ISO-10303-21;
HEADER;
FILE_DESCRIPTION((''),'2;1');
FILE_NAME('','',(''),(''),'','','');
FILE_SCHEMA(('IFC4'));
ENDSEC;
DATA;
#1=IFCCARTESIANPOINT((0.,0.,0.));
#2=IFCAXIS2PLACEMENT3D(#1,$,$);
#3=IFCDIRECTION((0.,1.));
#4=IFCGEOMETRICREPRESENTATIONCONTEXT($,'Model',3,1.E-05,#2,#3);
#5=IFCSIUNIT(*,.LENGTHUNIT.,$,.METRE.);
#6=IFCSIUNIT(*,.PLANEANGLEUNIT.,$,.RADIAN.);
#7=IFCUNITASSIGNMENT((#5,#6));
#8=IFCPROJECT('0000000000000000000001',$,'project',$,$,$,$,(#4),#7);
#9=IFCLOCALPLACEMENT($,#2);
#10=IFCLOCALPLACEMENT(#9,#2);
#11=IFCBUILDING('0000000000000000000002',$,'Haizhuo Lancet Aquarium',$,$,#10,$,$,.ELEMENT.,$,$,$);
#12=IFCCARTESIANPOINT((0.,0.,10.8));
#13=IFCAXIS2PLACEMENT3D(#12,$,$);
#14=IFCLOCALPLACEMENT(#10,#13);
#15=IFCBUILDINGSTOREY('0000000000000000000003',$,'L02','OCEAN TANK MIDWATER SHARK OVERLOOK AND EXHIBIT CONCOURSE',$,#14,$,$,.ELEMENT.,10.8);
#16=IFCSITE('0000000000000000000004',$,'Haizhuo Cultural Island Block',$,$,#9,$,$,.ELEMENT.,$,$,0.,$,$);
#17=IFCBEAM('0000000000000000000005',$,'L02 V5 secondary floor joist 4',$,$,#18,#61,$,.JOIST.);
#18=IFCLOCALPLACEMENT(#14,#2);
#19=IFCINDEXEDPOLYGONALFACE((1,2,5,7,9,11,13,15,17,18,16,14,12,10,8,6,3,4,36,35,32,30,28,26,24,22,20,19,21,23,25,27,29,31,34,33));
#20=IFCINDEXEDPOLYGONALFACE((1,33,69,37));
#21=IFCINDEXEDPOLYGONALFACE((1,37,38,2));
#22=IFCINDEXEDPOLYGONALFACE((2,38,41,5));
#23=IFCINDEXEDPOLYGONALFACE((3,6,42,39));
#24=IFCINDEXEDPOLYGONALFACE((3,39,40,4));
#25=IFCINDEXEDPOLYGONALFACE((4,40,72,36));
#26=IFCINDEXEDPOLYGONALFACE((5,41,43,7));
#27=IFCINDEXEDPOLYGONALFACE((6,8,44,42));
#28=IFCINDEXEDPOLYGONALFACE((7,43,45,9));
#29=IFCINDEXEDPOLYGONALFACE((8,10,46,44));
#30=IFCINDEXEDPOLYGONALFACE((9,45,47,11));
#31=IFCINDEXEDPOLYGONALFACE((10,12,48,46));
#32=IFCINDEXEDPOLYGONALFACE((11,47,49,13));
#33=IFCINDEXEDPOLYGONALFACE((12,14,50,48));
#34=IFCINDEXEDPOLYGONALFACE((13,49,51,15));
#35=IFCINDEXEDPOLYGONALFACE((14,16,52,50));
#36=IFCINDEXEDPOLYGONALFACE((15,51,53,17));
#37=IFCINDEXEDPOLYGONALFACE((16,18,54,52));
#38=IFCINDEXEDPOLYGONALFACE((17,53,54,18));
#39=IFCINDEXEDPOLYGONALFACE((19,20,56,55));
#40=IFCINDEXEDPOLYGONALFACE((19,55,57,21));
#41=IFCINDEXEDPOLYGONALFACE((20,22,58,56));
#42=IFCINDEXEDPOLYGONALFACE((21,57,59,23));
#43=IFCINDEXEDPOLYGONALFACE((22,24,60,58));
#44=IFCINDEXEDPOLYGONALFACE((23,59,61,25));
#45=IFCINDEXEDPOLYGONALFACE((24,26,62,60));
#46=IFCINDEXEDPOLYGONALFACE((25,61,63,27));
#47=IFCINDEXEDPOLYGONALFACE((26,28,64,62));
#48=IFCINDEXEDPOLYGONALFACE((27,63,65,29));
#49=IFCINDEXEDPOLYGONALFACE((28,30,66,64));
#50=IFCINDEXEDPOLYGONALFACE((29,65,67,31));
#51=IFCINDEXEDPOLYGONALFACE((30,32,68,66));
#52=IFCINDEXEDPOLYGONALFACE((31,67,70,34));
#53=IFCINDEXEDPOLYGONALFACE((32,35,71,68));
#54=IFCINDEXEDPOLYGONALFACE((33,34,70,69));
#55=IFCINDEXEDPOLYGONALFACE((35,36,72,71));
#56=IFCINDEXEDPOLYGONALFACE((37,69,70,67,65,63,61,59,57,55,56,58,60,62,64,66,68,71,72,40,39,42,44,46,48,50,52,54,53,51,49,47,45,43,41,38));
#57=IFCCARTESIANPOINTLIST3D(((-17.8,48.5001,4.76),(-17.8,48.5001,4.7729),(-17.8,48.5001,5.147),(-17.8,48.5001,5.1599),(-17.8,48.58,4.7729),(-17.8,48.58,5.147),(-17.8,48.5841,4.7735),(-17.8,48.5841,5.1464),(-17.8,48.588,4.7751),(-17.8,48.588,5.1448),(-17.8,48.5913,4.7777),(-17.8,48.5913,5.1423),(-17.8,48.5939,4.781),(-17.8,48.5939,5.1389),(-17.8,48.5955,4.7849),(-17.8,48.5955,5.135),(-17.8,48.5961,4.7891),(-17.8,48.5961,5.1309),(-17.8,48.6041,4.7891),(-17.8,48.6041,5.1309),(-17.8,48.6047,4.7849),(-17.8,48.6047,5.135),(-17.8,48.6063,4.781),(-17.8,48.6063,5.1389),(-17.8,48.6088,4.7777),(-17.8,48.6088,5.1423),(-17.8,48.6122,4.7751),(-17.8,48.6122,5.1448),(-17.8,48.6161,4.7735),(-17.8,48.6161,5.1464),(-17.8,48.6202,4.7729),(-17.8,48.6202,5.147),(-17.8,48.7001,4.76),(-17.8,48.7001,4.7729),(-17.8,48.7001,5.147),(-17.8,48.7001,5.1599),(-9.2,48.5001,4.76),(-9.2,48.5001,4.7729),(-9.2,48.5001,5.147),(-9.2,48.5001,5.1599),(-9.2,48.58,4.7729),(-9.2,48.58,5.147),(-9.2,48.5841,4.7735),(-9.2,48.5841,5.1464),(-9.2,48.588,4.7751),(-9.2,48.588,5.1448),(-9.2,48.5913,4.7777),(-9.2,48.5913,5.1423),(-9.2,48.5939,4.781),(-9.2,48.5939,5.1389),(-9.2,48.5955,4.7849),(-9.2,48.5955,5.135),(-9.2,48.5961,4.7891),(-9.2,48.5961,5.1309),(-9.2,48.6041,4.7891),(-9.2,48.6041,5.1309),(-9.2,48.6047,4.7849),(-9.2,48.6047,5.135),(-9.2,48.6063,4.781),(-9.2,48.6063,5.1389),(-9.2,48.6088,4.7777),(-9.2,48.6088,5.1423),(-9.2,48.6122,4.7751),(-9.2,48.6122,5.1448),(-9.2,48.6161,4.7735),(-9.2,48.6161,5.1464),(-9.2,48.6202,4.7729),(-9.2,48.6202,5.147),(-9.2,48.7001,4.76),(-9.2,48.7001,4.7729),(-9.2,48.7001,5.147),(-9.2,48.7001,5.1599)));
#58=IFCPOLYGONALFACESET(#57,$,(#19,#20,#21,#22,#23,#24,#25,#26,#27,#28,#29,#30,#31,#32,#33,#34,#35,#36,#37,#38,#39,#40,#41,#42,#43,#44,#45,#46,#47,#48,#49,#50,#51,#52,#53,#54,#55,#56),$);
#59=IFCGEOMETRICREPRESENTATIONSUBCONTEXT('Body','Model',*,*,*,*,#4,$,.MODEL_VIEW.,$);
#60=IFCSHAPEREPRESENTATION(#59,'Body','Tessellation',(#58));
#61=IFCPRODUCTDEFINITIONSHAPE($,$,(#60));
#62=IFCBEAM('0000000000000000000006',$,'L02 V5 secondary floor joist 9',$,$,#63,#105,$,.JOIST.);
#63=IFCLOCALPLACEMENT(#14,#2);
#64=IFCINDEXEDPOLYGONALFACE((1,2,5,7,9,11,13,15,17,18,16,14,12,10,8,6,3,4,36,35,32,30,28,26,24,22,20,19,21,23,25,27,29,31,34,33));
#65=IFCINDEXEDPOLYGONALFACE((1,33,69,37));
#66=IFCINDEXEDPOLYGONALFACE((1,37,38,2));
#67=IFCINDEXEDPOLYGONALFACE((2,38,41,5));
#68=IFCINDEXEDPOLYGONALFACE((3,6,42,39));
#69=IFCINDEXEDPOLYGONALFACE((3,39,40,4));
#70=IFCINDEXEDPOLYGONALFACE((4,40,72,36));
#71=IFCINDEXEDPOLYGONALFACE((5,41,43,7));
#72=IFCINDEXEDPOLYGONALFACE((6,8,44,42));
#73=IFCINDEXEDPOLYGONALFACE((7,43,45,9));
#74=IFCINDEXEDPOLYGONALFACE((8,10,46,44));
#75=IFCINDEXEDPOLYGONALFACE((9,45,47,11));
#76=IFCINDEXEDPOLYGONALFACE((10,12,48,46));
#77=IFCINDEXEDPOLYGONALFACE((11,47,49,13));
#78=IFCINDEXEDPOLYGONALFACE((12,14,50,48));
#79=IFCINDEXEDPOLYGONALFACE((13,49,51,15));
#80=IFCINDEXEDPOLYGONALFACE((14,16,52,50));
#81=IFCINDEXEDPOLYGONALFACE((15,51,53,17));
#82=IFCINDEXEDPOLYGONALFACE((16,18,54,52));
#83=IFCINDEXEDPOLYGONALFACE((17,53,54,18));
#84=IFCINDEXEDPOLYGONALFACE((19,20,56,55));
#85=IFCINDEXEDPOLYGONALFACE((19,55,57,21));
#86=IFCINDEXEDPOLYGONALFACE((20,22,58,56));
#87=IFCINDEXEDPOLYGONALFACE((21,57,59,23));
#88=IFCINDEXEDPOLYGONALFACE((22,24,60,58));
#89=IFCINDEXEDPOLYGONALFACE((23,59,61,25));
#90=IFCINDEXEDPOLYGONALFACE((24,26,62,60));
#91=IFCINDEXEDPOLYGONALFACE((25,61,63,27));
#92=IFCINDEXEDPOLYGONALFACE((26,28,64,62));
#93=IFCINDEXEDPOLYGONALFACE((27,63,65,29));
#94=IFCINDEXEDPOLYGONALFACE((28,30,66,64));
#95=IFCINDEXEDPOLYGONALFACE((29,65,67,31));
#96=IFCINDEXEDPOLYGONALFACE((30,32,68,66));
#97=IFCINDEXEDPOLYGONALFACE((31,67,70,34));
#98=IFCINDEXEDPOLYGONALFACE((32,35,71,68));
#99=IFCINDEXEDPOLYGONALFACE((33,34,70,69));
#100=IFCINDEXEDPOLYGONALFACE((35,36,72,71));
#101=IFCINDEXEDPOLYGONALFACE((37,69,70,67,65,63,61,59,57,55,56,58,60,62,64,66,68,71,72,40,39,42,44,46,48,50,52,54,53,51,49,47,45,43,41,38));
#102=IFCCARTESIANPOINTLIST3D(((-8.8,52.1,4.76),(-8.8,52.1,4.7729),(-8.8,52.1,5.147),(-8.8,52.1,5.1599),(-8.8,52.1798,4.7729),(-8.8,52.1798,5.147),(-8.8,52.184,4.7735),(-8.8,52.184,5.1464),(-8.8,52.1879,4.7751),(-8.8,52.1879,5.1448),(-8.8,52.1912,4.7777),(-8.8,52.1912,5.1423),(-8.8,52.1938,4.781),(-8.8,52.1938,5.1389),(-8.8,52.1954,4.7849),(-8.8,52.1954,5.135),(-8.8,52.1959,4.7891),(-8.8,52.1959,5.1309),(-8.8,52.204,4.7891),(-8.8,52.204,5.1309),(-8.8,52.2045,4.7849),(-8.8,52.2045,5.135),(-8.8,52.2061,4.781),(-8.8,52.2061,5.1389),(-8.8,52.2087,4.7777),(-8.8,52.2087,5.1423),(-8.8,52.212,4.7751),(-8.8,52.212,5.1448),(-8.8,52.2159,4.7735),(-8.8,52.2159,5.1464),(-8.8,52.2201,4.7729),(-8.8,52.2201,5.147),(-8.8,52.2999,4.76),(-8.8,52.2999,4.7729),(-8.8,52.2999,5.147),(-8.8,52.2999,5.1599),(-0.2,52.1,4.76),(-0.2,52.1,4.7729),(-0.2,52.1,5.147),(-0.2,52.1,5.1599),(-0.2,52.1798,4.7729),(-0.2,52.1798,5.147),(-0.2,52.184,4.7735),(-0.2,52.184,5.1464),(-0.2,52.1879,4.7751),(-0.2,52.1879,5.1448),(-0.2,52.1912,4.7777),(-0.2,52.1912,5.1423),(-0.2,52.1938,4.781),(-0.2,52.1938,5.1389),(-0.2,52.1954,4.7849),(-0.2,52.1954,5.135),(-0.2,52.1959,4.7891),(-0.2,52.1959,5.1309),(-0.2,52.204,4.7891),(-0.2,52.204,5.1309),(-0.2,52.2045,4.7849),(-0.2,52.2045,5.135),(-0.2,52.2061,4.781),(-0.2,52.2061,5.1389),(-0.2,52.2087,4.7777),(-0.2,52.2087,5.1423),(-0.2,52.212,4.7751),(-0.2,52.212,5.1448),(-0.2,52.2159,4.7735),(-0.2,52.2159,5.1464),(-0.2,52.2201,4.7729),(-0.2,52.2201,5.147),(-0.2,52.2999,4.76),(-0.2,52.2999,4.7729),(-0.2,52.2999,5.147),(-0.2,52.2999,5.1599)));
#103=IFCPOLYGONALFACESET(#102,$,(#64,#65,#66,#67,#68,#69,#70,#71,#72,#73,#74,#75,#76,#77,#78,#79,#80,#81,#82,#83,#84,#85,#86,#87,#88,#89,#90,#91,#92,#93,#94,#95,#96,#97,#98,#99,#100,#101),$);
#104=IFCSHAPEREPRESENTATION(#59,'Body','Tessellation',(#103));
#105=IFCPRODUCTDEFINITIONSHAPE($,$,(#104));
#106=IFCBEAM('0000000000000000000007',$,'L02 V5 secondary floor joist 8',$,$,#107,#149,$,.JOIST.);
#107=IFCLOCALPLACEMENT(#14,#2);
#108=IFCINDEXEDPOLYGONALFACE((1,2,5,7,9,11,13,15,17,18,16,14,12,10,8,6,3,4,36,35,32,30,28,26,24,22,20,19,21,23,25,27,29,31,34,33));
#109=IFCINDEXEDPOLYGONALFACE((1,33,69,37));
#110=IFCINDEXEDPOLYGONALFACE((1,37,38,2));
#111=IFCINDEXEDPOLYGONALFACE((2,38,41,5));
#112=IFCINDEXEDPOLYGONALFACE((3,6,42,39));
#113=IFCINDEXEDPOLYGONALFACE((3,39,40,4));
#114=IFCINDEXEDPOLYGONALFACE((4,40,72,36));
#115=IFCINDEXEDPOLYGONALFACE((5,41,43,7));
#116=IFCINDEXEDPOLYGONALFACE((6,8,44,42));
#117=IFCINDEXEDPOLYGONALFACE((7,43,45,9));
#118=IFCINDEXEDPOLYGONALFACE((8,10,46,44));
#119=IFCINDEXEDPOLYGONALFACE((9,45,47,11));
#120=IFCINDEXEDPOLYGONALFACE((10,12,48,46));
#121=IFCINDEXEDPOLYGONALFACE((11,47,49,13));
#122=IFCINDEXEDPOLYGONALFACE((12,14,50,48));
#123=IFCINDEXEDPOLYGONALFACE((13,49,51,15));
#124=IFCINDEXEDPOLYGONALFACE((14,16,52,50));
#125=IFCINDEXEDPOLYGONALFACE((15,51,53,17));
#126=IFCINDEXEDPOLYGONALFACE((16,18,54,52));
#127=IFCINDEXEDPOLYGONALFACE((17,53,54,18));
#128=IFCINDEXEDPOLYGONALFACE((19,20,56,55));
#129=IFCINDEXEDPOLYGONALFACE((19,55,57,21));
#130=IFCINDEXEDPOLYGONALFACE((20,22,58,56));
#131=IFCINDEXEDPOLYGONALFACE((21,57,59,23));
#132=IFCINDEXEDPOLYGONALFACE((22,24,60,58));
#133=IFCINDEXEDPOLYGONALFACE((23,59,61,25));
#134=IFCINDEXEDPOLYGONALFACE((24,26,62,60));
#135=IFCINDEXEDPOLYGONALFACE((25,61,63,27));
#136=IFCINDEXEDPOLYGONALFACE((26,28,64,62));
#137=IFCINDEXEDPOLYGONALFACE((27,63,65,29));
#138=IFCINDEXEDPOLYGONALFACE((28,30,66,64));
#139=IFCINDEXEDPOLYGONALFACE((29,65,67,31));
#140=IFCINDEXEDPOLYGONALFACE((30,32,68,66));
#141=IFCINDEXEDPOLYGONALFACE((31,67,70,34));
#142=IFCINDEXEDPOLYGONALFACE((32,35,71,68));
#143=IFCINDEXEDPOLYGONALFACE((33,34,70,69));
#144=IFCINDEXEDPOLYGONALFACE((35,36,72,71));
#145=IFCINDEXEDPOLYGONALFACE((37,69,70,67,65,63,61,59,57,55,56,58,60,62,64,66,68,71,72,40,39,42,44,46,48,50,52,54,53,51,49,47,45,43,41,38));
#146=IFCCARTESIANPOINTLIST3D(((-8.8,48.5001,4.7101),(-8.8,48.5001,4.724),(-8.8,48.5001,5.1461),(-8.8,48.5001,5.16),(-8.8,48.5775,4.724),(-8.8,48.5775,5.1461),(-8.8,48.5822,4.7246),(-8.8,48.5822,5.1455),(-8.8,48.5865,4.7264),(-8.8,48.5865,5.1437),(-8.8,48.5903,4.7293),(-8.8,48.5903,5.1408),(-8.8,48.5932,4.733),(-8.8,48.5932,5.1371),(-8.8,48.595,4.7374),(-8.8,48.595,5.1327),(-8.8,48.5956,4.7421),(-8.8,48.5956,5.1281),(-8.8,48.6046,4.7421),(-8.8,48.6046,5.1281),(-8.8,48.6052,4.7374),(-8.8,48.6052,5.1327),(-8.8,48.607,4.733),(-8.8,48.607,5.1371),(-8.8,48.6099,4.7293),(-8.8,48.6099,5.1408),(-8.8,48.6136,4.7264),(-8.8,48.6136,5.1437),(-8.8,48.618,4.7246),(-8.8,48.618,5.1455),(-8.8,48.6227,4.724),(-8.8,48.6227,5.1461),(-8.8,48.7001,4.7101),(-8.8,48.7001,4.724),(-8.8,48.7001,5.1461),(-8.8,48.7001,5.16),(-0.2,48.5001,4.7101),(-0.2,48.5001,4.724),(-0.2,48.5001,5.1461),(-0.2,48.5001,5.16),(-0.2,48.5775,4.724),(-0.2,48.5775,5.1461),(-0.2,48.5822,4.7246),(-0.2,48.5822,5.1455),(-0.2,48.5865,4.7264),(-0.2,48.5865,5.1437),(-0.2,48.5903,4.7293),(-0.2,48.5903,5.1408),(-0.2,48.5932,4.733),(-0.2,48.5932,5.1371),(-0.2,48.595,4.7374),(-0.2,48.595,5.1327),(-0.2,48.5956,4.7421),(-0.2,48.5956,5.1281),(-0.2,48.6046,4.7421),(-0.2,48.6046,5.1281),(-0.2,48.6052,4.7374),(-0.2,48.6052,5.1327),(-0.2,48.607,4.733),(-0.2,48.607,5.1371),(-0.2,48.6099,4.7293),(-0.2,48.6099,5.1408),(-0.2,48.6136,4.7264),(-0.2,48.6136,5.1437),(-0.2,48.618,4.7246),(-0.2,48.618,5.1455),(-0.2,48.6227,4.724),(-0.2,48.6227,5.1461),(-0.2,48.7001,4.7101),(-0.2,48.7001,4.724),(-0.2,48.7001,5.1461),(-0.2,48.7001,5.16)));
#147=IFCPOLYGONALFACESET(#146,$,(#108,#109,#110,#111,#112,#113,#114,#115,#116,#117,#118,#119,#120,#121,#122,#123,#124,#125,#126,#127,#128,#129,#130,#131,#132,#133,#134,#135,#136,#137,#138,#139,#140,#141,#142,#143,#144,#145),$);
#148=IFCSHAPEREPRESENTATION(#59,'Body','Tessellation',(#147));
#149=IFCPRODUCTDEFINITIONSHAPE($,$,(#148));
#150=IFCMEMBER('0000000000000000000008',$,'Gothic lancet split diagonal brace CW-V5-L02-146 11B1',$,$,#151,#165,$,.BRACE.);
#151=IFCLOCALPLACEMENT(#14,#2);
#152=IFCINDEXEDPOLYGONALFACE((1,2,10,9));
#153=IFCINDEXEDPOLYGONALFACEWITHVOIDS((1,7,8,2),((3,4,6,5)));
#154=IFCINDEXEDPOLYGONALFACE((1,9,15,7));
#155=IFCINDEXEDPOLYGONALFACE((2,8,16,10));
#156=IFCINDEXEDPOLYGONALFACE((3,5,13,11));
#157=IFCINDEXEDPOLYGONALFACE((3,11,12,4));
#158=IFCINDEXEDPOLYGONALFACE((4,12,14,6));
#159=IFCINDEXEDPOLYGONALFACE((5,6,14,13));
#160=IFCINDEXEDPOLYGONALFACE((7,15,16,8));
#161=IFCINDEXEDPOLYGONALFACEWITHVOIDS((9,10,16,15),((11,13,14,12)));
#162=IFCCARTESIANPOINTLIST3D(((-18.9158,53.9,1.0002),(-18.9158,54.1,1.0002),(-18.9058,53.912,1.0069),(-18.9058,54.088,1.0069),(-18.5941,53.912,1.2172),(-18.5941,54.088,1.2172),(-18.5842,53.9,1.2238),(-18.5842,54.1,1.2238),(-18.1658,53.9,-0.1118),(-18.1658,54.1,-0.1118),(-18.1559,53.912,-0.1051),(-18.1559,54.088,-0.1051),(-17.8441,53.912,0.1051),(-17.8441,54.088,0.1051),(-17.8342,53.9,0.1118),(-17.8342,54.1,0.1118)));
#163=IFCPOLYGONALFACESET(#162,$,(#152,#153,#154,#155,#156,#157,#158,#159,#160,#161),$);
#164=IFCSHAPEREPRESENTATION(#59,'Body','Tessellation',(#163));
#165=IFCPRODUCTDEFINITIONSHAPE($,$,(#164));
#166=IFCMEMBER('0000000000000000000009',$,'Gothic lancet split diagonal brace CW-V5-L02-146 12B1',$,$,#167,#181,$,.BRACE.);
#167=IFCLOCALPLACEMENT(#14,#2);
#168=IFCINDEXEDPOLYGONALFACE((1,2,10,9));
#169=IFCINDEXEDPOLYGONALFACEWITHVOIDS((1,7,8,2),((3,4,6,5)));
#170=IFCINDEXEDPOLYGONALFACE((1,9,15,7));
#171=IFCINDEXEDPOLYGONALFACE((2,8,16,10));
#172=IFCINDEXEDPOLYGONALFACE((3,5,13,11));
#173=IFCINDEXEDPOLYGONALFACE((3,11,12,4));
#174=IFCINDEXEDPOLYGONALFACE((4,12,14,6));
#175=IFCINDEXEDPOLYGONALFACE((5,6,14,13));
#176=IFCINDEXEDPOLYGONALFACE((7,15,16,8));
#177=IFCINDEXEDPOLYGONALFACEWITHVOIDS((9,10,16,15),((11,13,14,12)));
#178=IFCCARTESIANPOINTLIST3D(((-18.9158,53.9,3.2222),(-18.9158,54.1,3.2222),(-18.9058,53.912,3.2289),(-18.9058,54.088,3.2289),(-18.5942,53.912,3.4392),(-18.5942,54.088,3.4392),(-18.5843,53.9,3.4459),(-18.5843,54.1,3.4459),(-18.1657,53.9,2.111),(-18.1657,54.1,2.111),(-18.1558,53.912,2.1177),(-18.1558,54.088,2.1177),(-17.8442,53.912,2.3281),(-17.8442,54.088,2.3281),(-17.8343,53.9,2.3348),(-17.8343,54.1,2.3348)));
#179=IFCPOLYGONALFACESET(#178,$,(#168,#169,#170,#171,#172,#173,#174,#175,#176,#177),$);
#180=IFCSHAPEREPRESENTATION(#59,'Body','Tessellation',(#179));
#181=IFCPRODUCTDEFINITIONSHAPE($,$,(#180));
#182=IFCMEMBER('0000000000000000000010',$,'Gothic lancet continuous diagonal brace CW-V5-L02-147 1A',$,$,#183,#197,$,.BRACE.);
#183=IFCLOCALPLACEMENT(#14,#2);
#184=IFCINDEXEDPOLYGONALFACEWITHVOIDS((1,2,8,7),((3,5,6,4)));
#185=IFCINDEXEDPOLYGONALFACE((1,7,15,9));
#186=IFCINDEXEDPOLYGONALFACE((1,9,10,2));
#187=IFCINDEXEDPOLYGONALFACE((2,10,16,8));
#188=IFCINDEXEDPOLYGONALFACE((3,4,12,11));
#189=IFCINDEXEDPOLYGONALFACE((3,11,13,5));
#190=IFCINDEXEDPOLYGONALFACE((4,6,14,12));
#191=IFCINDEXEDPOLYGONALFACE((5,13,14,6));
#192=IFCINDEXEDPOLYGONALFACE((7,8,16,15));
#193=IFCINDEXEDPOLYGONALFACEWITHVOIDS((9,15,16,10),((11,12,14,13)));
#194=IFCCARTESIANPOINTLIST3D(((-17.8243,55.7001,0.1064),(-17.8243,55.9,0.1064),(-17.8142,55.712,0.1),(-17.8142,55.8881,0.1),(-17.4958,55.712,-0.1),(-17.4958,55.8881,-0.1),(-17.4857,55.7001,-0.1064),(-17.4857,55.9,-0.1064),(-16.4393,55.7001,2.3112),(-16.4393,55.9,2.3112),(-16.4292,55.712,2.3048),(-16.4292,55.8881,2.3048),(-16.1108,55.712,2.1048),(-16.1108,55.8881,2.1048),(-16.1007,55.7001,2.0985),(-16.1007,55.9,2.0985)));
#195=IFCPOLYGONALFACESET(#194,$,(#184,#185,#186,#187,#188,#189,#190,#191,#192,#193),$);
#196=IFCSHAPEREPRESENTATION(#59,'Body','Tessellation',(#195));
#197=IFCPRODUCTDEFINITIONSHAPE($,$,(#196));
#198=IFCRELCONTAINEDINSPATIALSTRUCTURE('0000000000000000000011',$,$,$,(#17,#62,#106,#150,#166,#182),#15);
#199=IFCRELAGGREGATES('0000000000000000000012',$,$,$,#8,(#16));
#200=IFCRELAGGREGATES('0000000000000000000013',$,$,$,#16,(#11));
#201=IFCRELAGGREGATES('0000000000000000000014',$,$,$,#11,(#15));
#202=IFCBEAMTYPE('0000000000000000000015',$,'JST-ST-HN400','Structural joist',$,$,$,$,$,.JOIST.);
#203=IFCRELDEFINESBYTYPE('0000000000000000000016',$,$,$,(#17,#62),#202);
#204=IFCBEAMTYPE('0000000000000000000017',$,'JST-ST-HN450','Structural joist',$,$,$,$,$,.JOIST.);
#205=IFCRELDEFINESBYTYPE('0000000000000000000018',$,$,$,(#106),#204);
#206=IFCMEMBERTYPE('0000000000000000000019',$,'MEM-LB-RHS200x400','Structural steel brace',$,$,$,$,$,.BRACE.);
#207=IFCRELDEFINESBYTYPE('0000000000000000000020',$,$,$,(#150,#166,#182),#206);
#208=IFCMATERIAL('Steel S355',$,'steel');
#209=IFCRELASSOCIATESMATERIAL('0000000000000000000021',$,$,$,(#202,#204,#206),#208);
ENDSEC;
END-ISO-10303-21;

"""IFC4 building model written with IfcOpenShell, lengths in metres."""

from ifc_helpers import new_model, si_unit, direction, frame, origin, origin_2d, place, context, subcontext, project, spatial, hollow_rectangle, i_section, extrude, material, material_profile, profile_set, type_object, element, save


model = new_model("IFC4")

# Units and contexts
model_context = context("Model", 3, precision=1e-05, world=origin(), true_north=direction((0.0, 1.0)))
body_context = subcontext(model_context, "Body", "Model", "MODEL_VIEW")
ifc_project = project(units=[si_unit("LENGTHUNIT", "METRE"), si_unit("PLANEANGLEUNIT", "RADIAN")], contexts=[model_context])

# Site, building, storey
site_placement = place(None, origin())
site = spatial("IfcSite", under=ifc_project, at=site_placement, Name="Haizhuo Cultural Island Block", CompositionType="ELEMENT", RefElevation=0.0)
building_placement = place(site_placement, origin())
building = spatial("IfcBuilding", under=site, at=building_placement, Name="Haizhuo Lancet Aquarium", CompositionType="ELEMENT")
storey_placement = place(building_placement, frame((0.0, 0.0, 10.8)))
storey = spatial("IfcBuildingStorey", under=building, at=storey_placement, Name="L02", Description="OCEAN TANK MIDWATER SHARK OVERLOOK AND EXHIBIT CONCOURSE", CompositionType="ELEMENT", Elevation=10.8)

# Beams
ifc_material_1 = material(Name="Steel S355", Category="steel")
ifc_material_profile_1 = material_profile(ifc_material_1, i_section(OverallWidth=0.2, OverallDepth=0.3999, WebThickness=0.0081, FlangeThickness=0.0129, FilletRadius=0.0161, at=origin_2d()), Name="HN 400x200x8x13")
ifc_profile_set_1 = profile_set([ifc_material_profile_1], Name="Steel S355")
beam_type_1 = type_object("IfcBeamType", Name="JST-ST-HN400", Description="Structural joist", PredefinedType="JOIST", material=ifc_profile_set_1)
for number, where, z_axis, x_axis, name in (
    (1, (-17.8, 48.6001, 4.96), (1.0, 0.0, 0.0), (0.0, 1.0, 0.0), "L02 V5 secondary floor joist 4"),
    (2, (-8.8, 52.2, 4.96), (1.0, 0.0, 0.0), (0.0, 1.0, 0.0), "L02 V5 secondary floor joist 9"),
):
    element("IfcBeam", number, at=place(storey_placement, frame(where, z_axis=z_axis, x_axis=x_axis)), inside=storey, type_object=beam_type_1, Name=name, PredefinedType="JOIST", context=body_context, shape_type="SweptSolid", body=[
        extrude(i_section(OverallWidth=0.2, OverallDepth=0.3999, WebThickness=0.0081, FlangeThickness=0.0129, FilletRadius=0.0161, at=origin_2d()), origin(), (0.0, 0.0, 1.0), 8.6001),
    ])
ifc_material_profile_2 = material_profile(ifc_material_1, i_section(OverallWidth=0.2, OverallDepth=0.45, WebThickness=0.009, FlangeThickness=0.0139, FilletRadius=0.0181, at=origin_2d()), Name="HN 450x200x9x14")
ifc_profile_set_2 = profile_set([ifc_material_profile_2], Name="Steel S355")
beam_type_2 = type_object("IfcBeamType", Name="JST-ST-HN450", Description="Structural joist", PredefinedType="JOIST", material=ifc_profile_set_2)
beam_1_placement = place(storey_placement, frame((-8.8, 48.6001, 4.9351), z_axis=(1.0, 0.0, 0.0), x_axis=(0.0, 1.0, 0.0)))
element("IfcBeam", 3, at=beam_1_placement, inside=storey, type_object=beam_type_2, Name="L02 V5 secondary floor joist 8", PredefinedType="JOIST", context=body_context, shape_type="SweptSolid", body=[
    extrude(i_section(OverallWidth=0.2, OverallDepth=0.45, WebThickness=0.009, FlangeThickness=0.0139, FilletRadius=0.0181, at=origin_2d()), origin(), (0.0, 0.0, 1.0), 8.6001),
])

# Members
ifc_material_profile_3 = material_profile(ifc_material_1, hollow_rectangle(XDim=0.2, YDim=0.3999, WallThickness=0.012, at=origin_2d()), Name="RHS 200x400x12")
ifc_profile_set_3 = profile_set([ifc_material_profile_3], Name="Steel S355")
member_type_1 = type_object("IfcMemberType", Name="MEM-LB-RHS200x400", Description="Structural steel brace", PredefinedType="BRACE", material=ifc_profile_set_3)
member_1_placement = place(storey_placement, frame((-18.0, 54.0, 0.0), z_axis=(-0.559145, 0.0, 0.82907), x_axis=(0.0, -1.0, 0.0)))
element("IfcMember", 4, at=member_1_placement, inside=storey, type_object=member_type_1, Name="Gothic lancet split diagonal brace CW-V5-L02-146 11B1", PredefinedType="BRACE", context=body_context, shape_type="SweptSolid", body=[
    extrude(hollow_rectangle(XDim=0.2, YDim=0.3999, WallThickness=0.012, at=origin_2d()), origin(), (0.0, 0.0, 1.0), 1.3413),
])
member_2_placement = place(storey_placement, frame((-18.0, 54.0, 2.2229), z_axis=(-0.559482, 0.0, 0.828842), x_axis=(0.0, -1.0, 0.0)))
element("IfcMember", 5, at=member_2_placement, inside=storey, type_object=member_type_1, Name="Gothic lancet split diagonal brace CW-V5-L02-146 12B1", PredefinedType="BRACE", context=body_context, shape_type="SweptSolid", body=[
    extrude(hollow_rectangle(XDim=0.2, YDim=0.3999, WallThickness=0.012, at=origin_2d()), origin(), (0.0, 0.0, 1.0), 1.3406),
])
member_3_placement = place(storey_placement, frame((-17.655, 55.8, 0.0), z_axis=(0.531928, 0.0, 0.84679), x_axis=(0.0, 1.0, 0.0)))
element("IfcMember", 6, at=member_3_placement, inside=storey, type_object=member_type_1, Name="Gothic lancet continuous diagonal brace CW-V5-L02-147 1A", PredefinedType="BRACE", context=body_context, shape_type="SweptSolid", body=[
    extrude(hollow_rectangle(XDim=0.2, YDim=0.3999, WallThickness=0.012, at=origin_2d()), origin(), (0.0, 0.0, 1.0), 2.6038),
])

save(model, "model.ifc")
